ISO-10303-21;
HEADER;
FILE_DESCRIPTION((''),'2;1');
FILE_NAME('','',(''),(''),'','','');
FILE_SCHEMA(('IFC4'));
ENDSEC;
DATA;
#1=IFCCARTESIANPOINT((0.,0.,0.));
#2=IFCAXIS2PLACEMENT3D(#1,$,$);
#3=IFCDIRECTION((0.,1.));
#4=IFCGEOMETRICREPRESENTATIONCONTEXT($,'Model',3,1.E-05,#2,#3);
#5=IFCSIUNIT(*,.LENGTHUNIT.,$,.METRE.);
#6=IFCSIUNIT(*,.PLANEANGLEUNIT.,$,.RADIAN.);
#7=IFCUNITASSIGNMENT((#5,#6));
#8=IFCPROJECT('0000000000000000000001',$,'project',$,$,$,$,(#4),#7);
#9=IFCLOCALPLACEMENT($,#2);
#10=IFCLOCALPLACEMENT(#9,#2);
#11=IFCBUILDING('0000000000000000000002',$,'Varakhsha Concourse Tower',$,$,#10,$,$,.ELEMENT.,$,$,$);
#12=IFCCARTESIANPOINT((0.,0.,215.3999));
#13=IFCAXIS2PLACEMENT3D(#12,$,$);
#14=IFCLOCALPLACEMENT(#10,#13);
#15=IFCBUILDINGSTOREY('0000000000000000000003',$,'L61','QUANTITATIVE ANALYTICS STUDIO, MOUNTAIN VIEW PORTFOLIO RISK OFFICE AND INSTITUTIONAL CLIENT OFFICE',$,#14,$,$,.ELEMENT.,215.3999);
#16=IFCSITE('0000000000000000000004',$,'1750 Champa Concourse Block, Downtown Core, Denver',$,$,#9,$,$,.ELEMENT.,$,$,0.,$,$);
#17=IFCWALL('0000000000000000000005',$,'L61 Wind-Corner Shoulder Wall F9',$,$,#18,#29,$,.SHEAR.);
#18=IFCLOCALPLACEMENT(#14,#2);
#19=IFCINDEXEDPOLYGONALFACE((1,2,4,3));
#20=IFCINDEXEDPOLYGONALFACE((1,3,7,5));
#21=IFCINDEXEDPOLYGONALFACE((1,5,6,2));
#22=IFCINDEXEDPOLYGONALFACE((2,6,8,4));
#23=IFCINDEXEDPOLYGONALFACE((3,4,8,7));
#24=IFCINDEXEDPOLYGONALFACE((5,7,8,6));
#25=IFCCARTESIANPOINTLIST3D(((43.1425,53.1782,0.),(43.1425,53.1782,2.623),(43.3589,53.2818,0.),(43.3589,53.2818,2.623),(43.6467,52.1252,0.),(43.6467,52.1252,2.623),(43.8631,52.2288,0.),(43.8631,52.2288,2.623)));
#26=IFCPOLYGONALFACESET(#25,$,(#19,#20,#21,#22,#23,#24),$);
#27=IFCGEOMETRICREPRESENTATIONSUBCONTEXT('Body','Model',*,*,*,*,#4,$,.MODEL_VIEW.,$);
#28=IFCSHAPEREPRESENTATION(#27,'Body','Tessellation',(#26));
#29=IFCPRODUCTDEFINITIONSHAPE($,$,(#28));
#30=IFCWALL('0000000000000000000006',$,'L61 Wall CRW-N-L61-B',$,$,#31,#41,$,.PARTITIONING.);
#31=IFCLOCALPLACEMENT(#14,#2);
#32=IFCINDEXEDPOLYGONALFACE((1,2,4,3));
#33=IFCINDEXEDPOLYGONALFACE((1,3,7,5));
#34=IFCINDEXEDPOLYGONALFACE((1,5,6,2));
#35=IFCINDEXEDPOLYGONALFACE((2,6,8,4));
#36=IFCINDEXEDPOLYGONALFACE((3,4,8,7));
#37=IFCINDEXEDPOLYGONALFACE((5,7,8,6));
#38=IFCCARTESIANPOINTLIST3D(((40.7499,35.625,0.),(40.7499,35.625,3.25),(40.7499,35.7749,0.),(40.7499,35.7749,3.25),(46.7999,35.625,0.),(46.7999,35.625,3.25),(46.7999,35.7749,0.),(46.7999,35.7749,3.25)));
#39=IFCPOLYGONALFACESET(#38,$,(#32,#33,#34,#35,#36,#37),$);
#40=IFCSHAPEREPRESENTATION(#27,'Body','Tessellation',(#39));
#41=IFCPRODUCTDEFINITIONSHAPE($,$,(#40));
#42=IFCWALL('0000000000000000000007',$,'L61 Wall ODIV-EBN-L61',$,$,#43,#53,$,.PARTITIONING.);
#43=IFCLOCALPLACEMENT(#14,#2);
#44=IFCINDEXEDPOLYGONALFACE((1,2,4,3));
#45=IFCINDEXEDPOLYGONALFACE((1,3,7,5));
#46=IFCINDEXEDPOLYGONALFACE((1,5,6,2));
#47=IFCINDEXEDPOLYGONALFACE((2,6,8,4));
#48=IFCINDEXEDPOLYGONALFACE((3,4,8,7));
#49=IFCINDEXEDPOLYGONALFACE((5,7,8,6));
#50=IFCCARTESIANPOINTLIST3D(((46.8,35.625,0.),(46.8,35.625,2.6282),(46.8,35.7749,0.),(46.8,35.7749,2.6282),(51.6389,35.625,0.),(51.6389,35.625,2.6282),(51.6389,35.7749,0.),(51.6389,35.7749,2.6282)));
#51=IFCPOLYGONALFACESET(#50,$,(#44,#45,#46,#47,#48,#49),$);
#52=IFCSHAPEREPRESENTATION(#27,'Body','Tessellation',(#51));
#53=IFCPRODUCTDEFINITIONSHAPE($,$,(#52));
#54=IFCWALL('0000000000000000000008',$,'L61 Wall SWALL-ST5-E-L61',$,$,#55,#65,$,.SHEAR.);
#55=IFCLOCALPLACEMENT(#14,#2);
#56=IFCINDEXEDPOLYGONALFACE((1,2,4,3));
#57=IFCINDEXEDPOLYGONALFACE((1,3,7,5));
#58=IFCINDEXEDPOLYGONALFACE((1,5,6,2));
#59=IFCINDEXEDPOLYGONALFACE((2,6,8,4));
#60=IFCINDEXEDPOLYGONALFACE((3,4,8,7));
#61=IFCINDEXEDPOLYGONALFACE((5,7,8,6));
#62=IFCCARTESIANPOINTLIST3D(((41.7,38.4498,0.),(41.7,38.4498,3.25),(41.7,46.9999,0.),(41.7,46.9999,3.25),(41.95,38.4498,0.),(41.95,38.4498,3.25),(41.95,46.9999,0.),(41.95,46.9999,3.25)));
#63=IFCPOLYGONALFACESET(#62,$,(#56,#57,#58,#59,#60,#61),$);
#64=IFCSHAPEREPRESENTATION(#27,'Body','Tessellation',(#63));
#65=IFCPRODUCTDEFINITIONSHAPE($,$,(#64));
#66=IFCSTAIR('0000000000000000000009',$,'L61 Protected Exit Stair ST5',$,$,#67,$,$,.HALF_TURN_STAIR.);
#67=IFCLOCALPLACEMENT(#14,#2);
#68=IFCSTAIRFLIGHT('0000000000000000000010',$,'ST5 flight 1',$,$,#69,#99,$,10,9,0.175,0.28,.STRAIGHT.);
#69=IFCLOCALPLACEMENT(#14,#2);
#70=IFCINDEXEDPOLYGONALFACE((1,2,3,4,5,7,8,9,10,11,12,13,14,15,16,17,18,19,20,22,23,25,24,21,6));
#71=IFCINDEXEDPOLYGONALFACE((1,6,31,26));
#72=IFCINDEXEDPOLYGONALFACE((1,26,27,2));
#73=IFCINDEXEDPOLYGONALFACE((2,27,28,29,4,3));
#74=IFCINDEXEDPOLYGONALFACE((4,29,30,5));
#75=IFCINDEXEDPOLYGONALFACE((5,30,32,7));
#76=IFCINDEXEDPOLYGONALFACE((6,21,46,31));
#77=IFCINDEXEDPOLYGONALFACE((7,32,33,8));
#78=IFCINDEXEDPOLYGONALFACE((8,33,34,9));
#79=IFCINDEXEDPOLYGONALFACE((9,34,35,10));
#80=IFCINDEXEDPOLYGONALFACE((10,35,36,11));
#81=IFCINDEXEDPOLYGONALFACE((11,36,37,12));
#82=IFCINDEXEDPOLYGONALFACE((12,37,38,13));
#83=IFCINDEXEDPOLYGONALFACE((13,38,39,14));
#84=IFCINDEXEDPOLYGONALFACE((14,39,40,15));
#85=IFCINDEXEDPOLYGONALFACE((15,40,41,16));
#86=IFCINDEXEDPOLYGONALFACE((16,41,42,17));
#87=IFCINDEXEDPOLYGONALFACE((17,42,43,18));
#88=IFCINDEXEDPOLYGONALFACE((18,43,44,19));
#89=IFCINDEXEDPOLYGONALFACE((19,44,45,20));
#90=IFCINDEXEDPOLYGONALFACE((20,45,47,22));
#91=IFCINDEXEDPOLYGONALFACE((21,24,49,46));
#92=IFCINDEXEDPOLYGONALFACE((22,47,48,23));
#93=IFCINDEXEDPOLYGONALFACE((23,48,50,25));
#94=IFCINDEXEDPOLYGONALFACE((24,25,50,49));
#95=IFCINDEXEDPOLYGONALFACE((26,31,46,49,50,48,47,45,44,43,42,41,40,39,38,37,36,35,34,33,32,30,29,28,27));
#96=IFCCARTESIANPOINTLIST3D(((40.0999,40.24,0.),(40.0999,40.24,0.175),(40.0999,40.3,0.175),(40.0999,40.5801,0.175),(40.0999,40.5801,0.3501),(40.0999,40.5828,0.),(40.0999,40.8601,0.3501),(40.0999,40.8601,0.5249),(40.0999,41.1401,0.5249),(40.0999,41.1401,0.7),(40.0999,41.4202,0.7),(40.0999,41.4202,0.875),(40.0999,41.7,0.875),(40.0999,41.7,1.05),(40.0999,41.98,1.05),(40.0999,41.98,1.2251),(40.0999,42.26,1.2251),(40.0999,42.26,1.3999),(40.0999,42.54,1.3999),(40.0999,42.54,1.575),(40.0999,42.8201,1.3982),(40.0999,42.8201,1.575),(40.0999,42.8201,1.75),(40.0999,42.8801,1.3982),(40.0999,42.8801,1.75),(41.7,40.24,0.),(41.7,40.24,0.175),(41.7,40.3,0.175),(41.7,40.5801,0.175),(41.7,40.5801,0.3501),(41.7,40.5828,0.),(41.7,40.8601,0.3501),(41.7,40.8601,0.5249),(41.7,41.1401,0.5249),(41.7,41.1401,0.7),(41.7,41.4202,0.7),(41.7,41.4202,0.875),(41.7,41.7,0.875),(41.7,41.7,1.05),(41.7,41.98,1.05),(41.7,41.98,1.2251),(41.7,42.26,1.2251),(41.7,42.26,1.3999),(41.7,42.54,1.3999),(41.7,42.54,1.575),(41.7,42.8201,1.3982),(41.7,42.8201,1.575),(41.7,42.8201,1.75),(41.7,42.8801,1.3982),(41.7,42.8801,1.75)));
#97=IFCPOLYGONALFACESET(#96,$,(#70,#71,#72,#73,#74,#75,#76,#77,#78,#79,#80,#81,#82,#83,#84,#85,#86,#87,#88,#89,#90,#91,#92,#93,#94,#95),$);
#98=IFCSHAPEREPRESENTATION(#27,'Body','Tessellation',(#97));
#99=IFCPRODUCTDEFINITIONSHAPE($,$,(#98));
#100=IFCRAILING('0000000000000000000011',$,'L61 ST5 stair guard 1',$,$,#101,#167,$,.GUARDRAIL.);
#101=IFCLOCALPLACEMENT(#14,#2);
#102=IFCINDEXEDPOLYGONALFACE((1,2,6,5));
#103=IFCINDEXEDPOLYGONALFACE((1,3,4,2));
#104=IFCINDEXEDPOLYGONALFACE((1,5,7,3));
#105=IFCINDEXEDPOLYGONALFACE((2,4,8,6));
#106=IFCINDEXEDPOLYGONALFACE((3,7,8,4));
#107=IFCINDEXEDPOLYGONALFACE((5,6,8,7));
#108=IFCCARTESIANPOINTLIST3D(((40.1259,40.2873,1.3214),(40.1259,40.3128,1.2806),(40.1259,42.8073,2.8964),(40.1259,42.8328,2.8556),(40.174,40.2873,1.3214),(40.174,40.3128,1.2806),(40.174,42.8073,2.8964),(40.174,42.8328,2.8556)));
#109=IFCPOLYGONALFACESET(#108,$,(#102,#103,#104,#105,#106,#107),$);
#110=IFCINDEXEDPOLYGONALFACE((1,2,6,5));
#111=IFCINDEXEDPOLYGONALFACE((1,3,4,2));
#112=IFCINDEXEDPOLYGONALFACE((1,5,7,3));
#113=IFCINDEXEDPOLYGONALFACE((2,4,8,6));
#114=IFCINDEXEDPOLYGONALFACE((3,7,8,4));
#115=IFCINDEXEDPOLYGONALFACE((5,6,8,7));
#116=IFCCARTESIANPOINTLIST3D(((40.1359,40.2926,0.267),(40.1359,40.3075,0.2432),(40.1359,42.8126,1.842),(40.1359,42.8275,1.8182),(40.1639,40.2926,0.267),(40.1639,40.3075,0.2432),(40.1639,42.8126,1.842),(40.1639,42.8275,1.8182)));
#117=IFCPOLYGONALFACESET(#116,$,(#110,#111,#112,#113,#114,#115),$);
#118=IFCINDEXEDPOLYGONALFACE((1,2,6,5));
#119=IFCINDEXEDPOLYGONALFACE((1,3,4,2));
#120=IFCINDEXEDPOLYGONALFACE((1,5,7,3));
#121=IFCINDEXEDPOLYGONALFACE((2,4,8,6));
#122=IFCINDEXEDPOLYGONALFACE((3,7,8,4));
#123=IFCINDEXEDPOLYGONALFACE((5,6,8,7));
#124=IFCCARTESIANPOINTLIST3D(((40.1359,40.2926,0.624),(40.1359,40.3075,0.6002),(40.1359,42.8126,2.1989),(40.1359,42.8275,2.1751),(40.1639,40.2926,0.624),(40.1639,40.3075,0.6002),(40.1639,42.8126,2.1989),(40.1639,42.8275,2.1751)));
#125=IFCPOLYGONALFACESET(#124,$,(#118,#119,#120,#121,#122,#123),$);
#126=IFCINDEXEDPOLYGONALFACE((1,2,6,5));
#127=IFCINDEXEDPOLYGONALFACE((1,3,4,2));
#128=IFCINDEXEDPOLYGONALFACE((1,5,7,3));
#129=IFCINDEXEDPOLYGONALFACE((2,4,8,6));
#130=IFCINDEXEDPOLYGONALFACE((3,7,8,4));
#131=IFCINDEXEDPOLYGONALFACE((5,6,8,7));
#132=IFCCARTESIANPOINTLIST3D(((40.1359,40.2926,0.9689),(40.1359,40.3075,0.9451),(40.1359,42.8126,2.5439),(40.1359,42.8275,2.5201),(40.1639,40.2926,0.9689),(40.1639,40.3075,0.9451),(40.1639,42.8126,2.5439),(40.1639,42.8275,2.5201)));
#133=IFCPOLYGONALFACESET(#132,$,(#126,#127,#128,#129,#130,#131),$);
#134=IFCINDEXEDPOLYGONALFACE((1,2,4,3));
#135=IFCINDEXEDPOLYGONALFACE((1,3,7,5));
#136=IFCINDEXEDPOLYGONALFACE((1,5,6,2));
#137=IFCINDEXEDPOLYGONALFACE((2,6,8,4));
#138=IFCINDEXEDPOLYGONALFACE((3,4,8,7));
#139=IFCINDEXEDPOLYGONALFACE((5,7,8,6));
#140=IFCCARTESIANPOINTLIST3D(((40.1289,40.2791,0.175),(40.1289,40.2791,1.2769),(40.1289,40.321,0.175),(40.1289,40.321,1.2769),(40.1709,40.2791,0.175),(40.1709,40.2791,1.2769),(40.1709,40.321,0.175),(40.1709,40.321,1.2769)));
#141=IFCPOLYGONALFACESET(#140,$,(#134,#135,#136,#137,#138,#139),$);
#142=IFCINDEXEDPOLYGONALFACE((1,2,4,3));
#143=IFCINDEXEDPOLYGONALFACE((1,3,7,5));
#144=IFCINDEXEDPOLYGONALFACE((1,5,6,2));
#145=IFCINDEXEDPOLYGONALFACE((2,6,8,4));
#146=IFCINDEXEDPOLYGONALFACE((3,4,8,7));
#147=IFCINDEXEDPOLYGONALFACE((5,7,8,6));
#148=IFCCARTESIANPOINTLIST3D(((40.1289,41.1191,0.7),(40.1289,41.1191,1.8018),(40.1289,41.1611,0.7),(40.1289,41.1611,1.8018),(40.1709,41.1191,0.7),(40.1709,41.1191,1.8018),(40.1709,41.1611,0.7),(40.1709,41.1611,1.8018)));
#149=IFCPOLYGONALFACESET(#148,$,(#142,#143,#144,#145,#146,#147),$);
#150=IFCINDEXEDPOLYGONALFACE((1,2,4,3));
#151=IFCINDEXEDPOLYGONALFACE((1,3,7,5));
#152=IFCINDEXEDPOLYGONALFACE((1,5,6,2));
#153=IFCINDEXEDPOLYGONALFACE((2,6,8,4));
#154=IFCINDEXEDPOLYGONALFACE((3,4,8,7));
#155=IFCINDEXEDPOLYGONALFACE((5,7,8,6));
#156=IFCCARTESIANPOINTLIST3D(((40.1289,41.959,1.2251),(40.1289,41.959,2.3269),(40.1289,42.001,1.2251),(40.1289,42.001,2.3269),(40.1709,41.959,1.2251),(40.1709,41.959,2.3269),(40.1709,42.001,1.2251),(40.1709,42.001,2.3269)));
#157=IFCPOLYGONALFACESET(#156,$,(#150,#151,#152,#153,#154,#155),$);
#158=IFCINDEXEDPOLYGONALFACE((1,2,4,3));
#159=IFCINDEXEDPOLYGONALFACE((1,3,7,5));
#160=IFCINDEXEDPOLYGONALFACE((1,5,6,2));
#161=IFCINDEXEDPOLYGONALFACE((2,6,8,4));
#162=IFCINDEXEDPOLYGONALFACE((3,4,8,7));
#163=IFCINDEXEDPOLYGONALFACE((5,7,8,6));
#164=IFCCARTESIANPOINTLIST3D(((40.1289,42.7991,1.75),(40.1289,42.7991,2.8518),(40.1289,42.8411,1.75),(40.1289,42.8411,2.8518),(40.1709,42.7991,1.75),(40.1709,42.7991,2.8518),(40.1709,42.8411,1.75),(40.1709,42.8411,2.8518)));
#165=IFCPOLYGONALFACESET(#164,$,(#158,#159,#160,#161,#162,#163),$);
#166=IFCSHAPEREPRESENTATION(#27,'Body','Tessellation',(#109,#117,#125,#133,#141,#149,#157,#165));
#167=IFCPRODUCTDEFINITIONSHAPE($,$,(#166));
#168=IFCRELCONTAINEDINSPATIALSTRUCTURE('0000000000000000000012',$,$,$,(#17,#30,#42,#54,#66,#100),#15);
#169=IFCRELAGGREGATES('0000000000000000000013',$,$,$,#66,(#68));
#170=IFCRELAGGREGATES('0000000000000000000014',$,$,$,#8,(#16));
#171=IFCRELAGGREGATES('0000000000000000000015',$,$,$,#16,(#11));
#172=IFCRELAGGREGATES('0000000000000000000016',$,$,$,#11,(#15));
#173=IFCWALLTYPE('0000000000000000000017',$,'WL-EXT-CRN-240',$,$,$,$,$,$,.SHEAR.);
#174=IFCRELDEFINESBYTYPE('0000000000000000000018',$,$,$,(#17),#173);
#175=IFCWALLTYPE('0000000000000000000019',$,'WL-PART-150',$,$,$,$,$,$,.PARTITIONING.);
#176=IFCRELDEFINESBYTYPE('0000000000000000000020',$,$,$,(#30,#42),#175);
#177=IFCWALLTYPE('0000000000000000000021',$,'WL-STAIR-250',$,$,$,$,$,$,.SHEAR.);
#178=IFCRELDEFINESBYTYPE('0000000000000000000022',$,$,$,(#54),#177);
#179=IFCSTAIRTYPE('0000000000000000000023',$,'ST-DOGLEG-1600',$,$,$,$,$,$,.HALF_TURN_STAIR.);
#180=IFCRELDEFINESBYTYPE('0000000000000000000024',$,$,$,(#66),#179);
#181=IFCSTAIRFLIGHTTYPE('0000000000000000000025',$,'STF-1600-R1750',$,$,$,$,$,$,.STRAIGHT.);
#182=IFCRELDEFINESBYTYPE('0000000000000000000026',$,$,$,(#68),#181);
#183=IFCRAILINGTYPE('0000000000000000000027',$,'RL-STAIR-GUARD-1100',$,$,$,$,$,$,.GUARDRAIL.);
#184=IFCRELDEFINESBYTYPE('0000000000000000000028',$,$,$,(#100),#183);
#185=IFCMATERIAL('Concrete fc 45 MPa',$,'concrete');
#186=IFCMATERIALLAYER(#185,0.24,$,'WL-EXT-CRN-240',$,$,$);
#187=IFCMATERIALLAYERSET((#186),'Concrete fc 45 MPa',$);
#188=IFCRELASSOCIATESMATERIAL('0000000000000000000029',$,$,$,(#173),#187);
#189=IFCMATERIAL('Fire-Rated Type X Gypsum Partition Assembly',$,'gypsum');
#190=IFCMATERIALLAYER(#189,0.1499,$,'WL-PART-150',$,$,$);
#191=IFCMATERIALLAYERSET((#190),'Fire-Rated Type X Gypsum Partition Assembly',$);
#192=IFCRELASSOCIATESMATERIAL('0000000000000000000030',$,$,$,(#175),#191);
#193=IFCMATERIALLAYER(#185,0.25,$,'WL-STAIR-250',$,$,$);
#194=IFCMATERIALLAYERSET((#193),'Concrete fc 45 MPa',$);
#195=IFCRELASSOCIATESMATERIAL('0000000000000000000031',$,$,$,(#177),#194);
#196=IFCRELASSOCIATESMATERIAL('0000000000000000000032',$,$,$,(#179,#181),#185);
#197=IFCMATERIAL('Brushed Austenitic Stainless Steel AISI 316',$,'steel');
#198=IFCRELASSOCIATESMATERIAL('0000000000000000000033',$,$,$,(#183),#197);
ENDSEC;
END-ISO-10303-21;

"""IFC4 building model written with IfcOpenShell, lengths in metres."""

from ifc_helpers import new_model, si_unit, direction, frame, frame_2d, origin, origin_2d, place, context, subcontext, project, spatial, polyline, rectangle, outline, extrude, material, layer, layer_set, type_object, element, aggregate, save


model = new_model("IFC4")

# Units and contexts
model_context = context("Model", 3, precision=1e-05, world=origin(), true_north=direction((0.0, 1.0)))
body_context = subcontext(model_context, "Body", "Model", "MODEL_VIEW")
ifc_project = project(units=[si_unit("LENGTHUNIT", "METRE"), si_unit("PLANEANGLEUNIT", "RADIAN")], contexts=[model_context])

# Site, building, storey
site_placement = place(None, origin())
site = spatial("IfcSite", under=ifc_project, at=site_placement, Name="1750 Champa Concourse Block, Downtown Core, Denver", CompositionType="ELEMENT", RefElevation=0.0)
building_placement = place(site_placement, origin())
building = spatial("IfcBuilding", under=site, at=building_placement, Name="Varakhsha Concourse Tower", CompositionType="ELEMENT")
storey_placement = place(building_placement, frame((0.0, 0.0, 215.3999)))
storey = spatial("IfcBuildingStorey", under=building, at=storey_placement, Name="L61", Description="QUANTITATIVE ANALYTICS STUDIO, MOUNTAIN VIEW PORTFOLIO RISK OFFICE AND INSTITUTIONAL CLIENT OFFICE", CompositionType="ELEMENT", Elevation=215.3999)

# Walls
ifc_material_1 = material(Name="Concrete fc 45 MPa", Category="concrete")
ifc_layer_1 = layer(ifc_material_1, 0.24, Name="WL-EXT-CRN-240")
ifc_layer_set_1 = layer_set([ifc_layer_1], Name="Concrete fc 45 MPa")
wall_type_1 = type_object("IfcWallType", Name="WL-EXT-CRN-240", PredefinedType="SHEAR", material=ifc_layer_set_1)
wall_1_placement = place(storey_placement, frame((43.7549, 52.177, 0.0), z_axis=(0.0, 0.0, 1.0), x_axis=(-0.43184, 0.90195, 0.0)))
element("IfcWall", 1, at=wall_1_placement, inside=storey, type_object=wall_type_1, Name="L61 Wind-Corner Shoulder Wall F9", PredefinedType="SHEAR", context=body_context, shape_type="SweptSolid", body=[
    extrude(rectangle(XDim=1.1675, YDim=0.24, at=frame_2d((0.5837, 0.0))), origin(), (0.0, 0.0, 1.0), 2.623),
])
ifc_material_2 = material(Name="Fire-Rated Type X Gypsum Partition Assembly", Category="gypsum")
ifc_layer_2 = layer(ifc_material_2, 0.1499, Name="WL-PART-150")
ifc_layer_set_2 = layer_set([ifc_layer_2], Name="Fire-Rated Type X Gypsum Partition Assembly")
wall_type_2 = type_object("IfcWallType", Name="WL-PART-150", PredefinedType="PARTITIONING", material=ifc_layer_set_2)
wall_2_placement = place(storey_placement, frame((40.75, 35.7, 0.0), z_axis=(0.0, 0.0, 1.0), x_axis=(1.0, 0.0, 0.0)))
element("IfcWall", 2, at=wall_2_placement, inside=storey, type_object=wall_type_2, Name="L61 Wall CRW-N-L61-B", PredefinedType="PARTITIONING", context=body_context, shape_type="SweptSolid", body=[
    extrude(rectangle(XDim=6.05, YDim=0.1499, at=frame_2d((3.0249, 0.0))), origin(), (0.0, 0.0, 1.0), 3.25),
])
wall_3_placement = place(storey_placement, frame((46.8, 35.7, 0.0), z_axis=(0.0, 0.0, 1.0), x_axis=(1.0, 0.0, 0.0)))
element("IfcWall", 3, at=wall_3_placement, inside=storey, type_object=wall_type_2, Name="L61 Wall ODIV-EBN-L61", PredefinedType="PARTITIONING", context=body_context, shape_type="SweptSolid", body=[
    extrude(rectangle(XDim=4.8389, YDim=0.1499, at=frame_2d((2.4194, 0.0))), origin(), (0.0, 0.0, 1.0), 2.6282),
])
ifc_layer_3 = layer(ifc_material_1, 0.25, Name="WL-STAIR-250")
ifc_layer_set_3 = layer_set([ifc_layer_3], Name="Concrete fc 45 MPa")
wall_type_3 = type_object("IfcWallType", Name="WL-STAIR-250", PredefinedType="SHEAR", material=ifc_layer_set_3)
wall_4_placement = place(storey_placement, frame((41.825, 38.45, 0.0), z_axis=(0.0, 0.0, 1.0), x_axis=(0.0, 1.0, 0.0)))
element("IfcWall", 4, at=wall_4_placement, inside=storey, type_object=wall_type_3, Name="L61 Wall SWALL-ST5-E-L61", PredefinedType="SHEAR", context=body_context, shape_type="SweptSolid", body=[
    extrude(rectangle(XDim=8.55, YDim=0.25, at=frame_2d((4.2749, 0.0))), origin(), (0.0, 0.0, 1.0), 3.25),
])

# Stair, stair flight
stair_type = type_object("IfcStairType", Name="ST-DOGLEG-1600", PredefinedType="HALF_TURN_STAIR", material=ifc_material_1)
stair_placement = place(storey_placement, origin())
stair = element("IfcStair", 5, at=stair_placement, inside=storey, type_object=stair_type, Name="L61 Protected Exit Stair ST5", PredefinedType="HALF_TURN_STAIR")
stair_flight_type = type_object("IfcStairFlightType", Name="STF-1600-R1750", PredefinedType="STRAIGHT", material=ifc_material_1)
stair_flight_placement = place(storey_placement, frame((40.8999, 40.3, 0.0), z_axis=(0.0, 0.0, 1.0), x_axis=(0.0, 1.0, 0.0)))
stair_flight = element("IfcStairFlight", 6, at=stair_flight_placement, type_object=stair_flight_type, Name="ST5 flight 1", NumberOfRisers=10, NumberOfTreads=9, PredefinedType="STRAIGHT", RiserHeight=0.175, TreadLength=0.28, context=body_context, shape_type="SweptSolid", body=[
    extrude(outline(polyline([(-0.0601, 0.0), (-0.0601, 0.175), (0.0, 0.175), (0.28, 0.175), (0.28, 0.3501), (0.5601, 0.3501), (0.5601, 0.5249), (0.8401, 0.5249), (0.8401, 0.7), (1.1201, 0.7), (1.1201, 0.875), (1.3999, 0.875), (1.3999, 1.05), (1.6799, 1.05), (1.6799, 1.2251), (1.96, 1.2251), (1.96, 1.3999), (2.24, 1.3999), (2.24, 1.575), (2.52, 1.575), (2.52, 1.75), (2.5801, 1.75), (2.5801, 1.3982), (2.52, 1.3982), (0.2827, 0.0), (-0.0601, 0.0)])), frame((0.0, 0.8, 0.0), z_axis=(0.0, -1.0, 0.0), x_axis=(1.0, 0.0, 0.0)), (0.0, 0.0, 1.0), 1.6001),
])
aggregate(stair, [stair_flight])

# Railing
ifc_material_3 = material(Name="Brushed Austenitic Stainless Steel AISI 316", Category="steel")
railing_type_1 = type_object("IfcRailingType", Name="RL-STAIR-GUARD-1100", PredefinedType="GUARDRAIL", material=ifc_material_3)
railing_1_placement = place(storey_placement, frame((40.1499, 40.3, 0.175)))
element("IfcRailing", 7, at=railing_1_placement, inside=storey, type_object=railing_type_1, Name="L61 ST5 stair guard 1", PredefinedType="GUARDRAIL", context=body_context, shape_type="SweptSolid", body=[
    extrude(rectangle(XDim=0.0481, YDim=0.0481, at=origin_2d()), frame((0.0, 0.0, 1.126), z_axis=(0.0, 0.848008, 0.529984), x_axis=(-1.0, 0.0, 0.0)), (0.0, 0.0, 1.0), 2.9717),
    extrude(rectangle(XDim=0.0281, YDim=0.0281, at=origin_2d()), frame((0.0, 0.0, 0.0801), z_axis=(0.0, 0.848008, 0.529984), x_axis=(-1.0, 0.0, 0.0)), (0.0, 0.0, 1.0), 2.9717),
    extrude(rectangle(XDim=0.0281, YDim=0.0281, at=origin_2d()), frame((0.0, 0.0, 0.437), z_axis=(0.0, 0.848008, 0.529984), x_axis=(-1.0, 0.0, 0.0)), (0.0, 0.0, 1.0), 2.9717),
    extrude(rectangle(XDim=0.0281, YDim=0.0281, at=origin_2d()), frame((0.0, 0.0, 0.782), z_axis=(0.0, 0.848008, 0.529984), x_axis=(-1.0, 0.0, 0.0)), (0.0, 0.0, 1.0), 2.9717),
    extrude(rectangle(XDim=0.042, YDim=0.042, at=origin_2d()), origin(), (0.0, 0.0, 1.0), 1.1018),
    extrude(rectangle(XDim=0.042, YDim=0.042, at=origin_2d()), frame((0.0, 0.8401, 0.5249)), (0.0, 0.0, 1.0), 1.1018),
    extrude(rectangle(XDim=0.042, YDim=0.042, at=origin_2d()), frame((0.0, 1.6799, 1.05)), (0.0, 0.0, 1.0), 1.1018),
    extrude(rectangle(XDim=0.042, YDim=0.042, at=origin_2d()), frame((0.0, 2.52, 1.575)), (0.0, 0.0, 1.0), 1.1018),
])

save(model, "model.ifc")
